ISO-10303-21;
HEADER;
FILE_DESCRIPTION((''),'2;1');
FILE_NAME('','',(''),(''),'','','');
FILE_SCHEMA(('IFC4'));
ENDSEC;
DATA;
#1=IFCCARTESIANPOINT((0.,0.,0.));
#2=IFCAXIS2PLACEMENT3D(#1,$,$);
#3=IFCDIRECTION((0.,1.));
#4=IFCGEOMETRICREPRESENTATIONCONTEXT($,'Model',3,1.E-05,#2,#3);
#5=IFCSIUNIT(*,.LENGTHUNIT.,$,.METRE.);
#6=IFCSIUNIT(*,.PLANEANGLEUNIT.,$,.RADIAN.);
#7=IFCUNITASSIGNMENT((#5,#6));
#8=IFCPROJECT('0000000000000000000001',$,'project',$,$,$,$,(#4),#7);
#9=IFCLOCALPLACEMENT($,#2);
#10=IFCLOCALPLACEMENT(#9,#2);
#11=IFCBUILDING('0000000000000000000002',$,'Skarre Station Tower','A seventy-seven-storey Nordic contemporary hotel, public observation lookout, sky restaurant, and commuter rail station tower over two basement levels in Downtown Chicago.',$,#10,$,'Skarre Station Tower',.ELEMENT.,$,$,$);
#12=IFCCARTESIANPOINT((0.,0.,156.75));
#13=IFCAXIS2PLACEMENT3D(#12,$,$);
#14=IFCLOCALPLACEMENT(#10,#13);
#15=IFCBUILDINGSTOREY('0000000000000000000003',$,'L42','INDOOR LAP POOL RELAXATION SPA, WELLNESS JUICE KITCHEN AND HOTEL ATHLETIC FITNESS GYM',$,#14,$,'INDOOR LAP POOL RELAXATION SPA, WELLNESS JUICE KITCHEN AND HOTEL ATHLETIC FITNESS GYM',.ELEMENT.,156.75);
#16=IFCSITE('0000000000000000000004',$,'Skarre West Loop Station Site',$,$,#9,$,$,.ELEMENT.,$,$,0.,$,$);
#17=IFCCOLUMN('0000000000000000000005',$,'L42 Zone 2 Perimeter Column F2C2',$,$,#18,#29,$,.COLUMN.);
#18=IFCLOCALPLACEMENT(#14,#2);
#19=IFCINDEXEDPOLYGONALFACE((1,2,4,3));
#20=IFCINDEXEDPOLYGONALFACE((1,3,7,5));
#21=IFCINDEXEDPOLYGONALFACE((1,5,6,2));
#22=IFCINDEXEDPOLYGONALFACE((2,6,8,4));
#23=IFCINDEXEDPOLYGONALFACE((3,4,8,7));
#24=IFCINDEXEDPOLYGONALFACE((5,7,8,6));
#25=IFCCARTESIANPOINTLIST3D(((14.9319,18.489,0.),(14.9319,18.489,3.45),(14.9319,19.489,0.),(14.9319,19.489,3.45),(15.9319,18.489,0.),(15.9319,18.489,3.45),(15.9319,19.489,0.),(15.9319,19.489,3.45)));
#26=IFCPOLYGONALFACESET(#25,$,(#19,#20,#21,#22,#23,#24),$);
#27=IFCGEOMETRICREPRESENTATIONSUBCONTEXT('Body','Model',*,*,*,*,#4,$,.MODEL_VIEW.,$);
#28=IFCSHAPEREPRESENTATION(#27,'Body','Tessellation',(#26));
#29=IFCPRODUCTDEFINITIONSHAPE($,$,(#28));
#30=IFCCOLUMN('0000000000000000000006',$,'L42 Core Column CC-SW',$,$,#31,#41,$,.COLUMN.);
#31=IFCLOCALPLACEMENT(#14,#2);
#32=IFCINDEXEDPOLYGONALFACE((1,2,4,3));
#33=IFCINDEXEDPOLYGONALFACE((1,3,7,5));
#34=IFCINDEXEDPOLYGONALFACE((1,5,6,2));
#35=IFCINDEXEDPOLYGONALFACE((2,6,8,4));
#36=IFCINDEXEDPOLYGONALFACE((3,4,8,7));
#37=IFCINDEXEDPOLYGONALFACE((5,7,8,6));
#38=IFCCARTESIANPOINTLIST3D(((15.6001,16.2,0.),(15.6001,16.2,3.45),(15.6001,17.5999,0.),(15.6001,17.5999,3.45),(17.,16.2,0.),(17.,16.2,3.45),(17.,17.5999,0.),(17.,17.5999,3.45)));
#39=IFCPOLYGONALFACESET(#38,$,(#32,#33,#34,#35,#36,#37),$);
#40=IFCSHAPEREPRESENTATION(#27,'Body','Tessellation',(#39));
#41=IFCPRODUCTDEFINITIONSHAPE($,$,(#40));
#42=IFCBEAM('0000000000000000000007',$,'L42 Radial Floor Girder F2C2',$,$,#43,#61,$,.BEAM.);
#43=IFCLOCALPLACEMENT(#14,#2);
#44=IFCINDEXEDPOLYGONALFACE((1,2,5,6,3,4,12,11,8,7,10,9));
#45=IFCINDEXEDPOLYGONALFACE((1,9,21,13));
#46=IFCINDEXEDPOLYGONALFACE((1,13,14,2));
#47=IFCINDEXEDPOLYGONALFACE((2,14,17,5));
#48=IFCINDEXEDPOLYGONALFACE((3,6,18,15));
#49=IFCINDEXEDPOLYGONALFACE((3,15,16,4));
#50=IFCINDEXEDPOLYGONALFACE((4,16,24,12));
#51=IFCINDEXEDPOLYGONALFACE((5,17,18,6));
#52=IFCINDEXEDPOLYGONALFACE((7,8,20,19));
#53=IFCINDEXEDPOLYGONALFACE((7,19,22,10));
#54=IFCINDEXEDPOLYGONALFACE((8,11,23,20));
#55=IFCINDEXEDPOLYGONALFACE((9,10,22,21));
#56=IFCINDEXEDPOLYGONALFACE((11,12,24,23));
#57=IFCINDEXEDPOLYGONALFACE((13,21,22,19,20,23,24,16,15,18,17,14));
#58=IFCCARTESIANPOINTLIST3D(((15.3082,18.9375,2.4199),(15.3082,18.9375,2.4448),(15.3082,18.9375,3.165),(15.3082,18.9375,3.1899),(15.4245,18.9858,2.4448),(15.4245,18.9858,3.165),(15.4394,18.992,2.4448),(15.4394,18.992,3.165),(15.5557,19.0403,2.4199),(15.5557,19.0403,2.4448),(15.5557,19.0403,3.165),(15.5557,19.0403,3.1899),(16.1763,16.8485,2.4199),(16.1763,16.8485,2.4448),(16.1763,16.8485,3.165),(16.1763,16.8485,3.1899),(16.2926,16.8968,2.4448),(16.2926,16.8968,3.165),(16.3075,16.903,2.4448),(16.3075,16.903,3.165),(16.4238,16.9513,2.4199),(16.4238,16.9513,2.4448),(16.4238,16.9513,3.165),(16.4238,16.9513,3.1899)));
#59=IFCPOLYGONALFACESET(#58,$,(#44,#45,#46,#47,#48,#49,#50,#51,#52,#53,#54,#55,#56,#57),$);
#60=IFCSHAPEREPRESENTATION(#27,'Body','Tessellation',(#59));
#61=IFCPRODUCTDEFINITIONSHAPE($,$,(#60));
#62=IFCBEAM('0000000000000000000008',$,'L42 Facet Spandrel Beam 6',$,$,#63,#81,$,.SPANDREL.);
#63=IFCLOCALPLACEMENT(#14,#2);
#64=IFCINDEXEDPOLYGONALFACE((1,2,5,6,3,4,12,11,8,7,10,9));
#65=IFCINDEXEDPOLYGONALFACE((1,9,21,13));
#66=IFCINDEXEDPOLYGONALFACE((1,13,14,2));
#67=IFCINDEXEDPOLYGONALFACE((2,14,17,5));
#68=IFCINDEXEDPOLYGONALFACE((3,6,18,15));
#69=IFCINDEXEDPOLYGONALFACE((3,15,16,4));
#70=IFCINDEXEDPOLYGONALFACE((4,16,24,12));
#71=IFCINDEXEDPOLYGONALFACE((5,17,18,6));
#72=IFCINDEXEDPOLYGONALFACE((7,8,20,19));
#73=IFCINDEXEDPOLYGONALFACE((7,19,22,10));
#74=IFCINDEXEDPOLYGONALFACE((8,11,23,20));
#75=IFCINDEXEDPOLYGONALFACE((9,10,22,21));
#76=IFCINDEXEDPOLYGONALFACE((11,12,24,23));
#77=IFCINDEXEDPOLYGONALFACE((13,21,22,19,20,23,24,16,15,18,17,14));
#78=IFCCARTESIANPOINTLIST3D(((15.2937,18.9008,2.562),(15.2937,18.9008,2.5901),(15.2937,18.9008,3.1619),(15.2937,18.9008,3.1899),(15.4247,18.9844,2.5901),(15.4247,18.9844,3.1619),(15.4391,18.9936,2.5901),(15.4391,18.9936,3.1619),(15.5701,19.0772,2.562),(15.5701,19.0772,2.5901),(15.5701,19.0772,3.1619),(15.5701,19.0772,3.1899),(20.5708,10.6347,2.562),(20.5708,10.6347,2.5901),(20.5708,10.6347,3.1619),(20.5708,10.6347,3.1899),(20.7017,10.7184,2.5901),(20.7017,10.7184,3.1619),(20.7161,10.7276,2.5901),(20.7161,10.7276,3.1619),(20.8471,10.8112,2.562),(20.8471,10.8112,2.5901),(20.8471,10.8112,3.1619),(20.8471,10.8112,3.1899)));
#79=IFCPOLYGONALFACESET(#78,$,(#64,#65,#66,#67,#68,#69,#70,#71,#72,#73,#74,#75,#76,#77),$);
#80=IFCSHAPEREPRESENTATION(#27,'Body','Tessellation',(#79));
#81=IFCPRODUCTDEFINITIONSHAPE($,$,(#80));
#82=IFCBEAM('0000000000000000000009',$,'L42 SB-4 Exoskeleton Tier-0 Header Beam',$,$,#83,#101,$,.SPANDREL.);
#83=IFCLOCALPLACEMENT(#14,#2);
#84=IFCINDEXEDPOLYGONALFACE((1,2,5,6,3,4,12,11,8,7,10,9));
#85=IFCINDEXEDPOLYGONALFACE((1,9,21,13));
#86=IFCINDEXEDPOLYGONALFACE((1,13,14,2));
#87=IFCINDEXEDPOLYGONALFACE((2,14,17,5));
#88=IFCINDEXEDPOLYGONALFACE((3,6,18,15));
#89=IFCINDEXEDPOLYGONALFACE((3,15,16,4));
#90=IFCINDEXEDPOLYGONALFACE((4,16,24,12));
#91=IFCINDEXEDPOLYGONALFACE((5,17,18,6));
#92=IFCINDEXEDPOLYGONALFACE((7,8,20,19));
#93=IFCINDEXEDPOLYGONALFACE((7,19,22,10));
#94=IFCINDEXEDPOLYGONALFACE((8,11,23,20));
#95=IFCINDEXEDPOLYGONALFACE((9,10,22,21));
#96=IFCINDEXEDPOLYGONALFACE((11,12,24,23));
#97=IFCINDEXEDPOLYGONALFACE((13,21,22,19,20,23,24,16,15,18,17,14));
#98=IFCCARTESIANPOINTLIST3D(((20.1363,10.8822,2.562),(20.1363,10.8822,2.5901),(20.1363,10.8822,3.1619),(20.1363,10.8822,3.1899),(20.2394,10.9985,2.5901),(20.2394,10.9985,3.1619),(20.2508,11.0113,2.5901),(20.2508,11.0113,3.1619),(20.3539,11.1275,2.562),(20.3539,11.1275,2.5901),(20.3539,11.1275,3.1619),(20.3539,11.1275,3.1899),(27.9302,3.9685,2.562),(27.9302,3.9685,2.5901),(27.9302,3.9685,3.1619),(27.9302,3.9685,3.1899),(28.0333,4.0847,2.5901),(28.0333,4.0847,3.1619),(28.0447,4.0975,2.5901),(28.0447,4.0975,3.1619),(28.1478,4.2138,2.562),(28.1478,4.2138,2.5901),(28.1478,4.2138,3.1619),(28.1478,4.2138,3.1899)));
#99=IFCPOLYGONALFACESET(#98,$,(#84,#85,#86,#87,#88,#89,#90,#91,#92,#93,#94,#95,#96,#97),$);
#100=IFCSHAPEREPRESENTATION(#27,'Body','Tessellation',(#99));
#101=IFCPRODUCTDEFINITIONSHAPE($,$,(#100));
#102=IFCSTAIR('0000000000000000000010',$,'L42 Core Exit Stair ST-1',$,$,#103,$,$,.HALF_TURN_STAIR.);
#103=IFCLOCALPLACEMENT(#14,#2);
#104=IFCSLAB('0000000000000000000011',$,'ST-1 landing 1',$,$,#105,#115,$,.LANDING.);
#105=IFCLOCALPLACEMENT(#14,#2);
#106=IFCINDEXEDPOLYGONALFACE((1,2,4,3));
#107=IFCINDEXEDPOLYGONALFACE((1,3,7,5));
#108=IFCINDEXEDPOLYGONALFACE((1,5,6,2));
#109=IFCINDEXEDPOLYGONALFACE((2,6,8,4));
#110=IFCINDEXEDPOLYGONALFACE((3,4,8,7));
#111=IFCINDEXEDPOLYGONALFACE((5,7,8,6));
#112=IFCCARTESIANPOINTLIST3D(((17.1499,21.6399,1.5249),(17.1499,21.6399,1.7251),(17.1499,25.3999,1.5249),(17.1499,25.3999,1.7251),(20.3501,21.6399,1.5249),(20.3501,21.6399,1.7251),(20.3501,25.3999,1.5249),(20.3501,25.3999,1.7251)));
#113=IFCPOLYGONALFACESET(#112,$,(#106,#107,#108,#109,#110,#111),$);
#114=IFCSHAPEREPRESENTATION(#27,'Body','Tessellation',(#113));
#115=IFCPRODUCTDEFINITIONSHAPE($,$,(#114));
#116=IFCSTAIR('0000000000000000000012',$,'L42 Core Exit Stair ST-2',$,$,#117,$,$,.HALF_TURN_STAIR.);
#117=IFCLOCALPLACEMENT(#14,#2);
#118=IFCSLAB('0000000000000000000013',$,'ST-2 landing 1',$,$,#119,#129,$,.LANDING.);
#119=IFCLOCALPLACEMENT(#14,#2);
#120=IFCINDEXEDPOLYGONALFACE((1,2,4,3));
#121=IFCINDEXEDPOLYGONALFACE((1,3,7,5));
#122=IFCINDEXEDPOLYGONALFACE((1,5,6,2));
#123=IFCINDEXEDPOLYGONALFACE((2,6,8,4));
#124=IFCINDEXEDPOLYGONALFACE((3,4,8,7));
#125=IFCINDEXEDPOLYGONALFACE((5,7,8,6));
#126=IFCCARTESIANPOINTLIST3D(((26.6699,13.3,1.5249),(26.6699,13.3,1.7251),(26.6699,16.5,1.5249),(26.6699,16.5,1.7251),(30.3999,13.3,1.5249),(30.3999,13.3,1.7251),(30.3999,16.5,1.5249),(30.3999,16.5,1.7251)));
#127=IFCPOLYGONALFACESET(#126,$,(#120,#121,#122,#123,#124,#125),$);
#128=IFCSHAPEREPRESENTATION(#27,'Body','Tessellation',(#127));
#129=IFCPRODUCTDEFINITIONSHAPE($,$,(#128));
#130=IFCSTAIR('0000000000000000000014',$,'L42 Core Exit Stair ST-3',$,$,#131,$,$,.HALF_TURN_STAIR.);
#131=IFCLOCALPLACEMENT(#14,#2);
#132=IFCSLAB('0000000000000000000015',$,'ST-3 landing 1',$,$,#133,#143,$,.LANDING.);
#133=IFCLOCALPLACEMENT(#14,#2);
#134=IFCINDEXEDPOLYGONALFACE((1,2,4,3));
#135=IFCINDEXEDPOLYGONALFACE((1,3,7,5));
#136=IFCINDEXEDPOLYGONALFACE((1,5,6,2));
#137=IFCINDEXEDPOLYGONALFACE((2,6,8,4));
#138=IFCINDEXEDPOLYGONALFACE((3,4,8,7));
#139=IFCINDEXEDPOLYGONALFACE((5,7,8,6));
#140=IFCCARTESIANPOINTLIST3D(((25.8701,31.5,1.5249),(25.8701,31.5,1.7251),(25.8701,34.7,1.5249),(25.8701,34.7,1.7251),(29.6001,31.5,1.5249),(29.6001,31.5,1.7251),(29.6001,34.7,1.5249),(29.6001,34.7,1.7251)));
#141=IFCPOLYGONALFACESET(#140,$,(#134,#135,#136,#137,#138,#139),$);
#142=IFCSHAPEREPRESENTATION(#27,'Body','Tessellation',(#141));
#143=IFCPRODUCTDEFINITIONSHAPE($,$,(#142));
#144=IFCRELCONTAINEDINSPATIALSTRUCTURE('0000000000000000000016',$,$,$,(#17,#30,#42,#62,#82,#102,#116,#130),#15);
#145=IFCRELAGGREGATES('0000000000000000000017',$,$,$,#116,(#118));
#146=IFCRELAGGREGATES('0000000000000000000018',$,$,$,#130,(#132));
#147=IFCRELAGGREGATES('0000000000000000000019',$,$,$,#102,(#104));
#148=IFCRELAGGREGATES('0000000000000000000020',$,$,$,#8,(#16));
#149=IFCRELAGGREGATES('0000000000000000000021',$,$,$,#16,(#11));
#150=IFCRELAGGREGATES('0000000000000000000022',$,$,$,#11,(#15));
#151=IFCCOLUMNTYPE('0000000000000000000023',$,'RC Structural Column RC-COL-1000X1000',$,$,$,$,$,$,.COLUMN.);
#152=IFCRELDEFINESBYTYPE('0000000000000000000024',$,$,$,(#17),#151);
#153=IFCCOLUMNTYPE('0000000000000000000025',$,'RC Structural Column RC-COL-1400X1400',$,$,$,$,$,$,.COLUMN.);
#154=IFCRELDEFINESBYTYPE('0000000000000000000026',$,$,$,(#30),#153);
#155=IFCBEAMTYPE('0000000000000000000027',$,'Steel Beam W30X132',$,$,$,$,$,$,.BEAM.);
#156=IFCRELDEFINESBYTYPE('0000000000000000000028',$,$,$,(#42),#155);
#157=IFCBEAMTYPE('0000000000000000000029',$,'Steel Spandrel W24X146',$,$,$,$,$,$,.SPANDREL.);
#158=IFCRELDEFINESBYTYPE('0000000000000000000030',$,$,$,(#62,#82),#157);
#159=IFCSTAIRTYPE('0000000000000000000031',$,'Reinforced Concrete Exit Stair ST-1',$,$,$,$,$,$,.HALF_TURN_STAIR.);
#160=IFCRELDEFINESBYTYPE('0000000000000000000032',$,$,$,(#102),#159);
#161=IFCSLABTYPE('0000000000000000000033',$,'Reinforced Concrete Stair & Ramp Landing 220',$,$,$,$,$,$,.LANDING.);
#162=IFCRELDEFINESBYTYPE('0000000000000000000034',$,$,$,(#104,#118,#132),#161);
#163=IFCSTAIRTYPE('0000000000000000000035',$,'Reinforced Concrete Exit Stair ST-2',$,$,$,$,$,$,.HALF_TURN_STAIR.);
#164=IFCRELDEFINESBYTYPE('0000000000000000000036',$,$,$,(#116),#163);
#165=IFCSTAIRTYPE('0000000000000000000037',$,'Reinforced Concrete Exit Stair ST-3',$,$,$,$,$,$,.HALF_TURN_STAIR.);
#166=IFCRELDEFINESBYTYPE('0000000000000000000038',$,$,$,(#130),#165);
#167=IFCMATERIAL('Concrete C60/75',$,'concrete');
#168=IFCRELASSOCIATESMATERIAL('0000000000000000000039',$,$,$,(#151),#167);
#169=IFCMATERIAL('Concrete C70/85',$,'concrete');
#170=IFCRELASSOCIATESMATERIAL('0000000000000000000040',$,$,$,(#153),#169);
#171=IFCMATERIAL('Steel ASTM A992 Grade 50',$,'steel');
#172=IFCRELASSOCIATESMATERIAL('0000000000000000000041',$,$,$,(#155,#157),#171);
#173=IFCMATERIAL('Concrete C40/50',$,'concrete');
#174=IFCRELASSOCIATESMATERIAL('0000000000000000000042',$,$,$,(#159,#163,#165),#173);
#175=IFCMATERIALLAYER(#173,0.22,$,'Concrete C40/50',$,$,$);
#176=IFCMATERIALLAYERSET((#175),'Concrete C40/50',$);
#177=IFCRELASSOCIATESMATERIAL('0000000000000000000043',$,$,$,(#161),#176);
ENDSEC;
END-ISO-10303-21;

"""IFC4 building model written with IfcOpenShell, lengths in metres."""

from ifc_helpers import new_model, si_unit, direction, frame, origin, origin_2d, place, context, subcontext, project, spatial, polyline, rectangle, i_section, outline, extrude, material, layer, layer_set, material_profile, profile_set, type_object, element, aggregate, save


model = new_model("IFC4")

# Units and contexts
model_context = context("Model", 3, precision=1e-05, world=origin(), true_north=direction((0.0, 1.0)))
body_context = subcontext(model_context, "Body", "Model", "MODEL_VIEW")
ifc_project = project(units=[si_unit("LENGTHUNIT", "METRE"), si_unit("PLANEANGLEUNIT", "RADIAN")], contexts=[model_context])

# Site, building, storey
site_placement = place(None, origin())
site = spatial("IfcSite", under=ifc_project, at=site_placement, Name="Skarre West Loop Station Site", CompositionType="ELEMENT", RefElevation=0.0)
building_placement = place(site_placement, origin())
building = spatial("IfcBuilding", under=site, at=building_placement, Name="Skarre Station Tower", Description="A seventy-seven-storey Nordic contemporary hotel, public observation lookout, sky restaurant, and commuter rail station tower over two basement levels in Downtown Chicago.", LongName="Skarre Station Tower", CompositionType="ELEMENT")
storey_placement = place(building_placement, frame((0.0, 0.0, 156.75)))
storey = spatial("IfcBuildingStorey", under=building, at=storey_placement, Name="L42", Description="INDOOR LAP POOL RELAXATION SPA, WELLNESS JUICE KITCHEN AND HOTEL ATHLETIC FITNESS GYM", LongName="INDOOR LAP POOL RELAXATION SPA, WELLNESS JUICE KITCHEN AND HOTEL ATHLETIC FITNESS GYM", CompositionType="ELEMENT", Elevation=156.75)

# Columns
ifc_material_1 = material(Name="Concrete C60/75", Category="concrete")
ifc_material_profile_1 = material_profile(ifc_material_1, rectangle(XDim=1.0, YDim=1.0, at=origin_2d()), Name="Concrete C60/75")
ifc_profile_set_1 = profile_set([ifc_material_profile_1], Name="Concrete C60/75")
column_type_1 = type_object("IfcColumnType", Name="RC Structural Column RC-COL-1000X1000", PredefinedType="COLUMN", material=ifc_profile_set_1)
column_1_placement = place(storey_placement, frame((15.4319, 18.989, 0.0), z_axis=(0.0, 0.0, 1.0), x_axis=(1.0, 0.0, 0.0)))
element("IfcColumn", 1, at=column_1_placement, inside=storey, type_object=column_type_1, Name="L42 Zone 2 Perimeter Column F2C2", PredefinedType="COLUMN", context=body_context, shape_type="SweptSolid", body=[
    extrude(rectangle(XDim=1.0, YDim=1.0, at=origin_2d()), origin(), (0.0, 0.0, 1.0), 3.45),
])
ifc_material_2 = material(Name="Concrete C70/85", Category="concrete")
ifc_material_profile_2 = material_profile(ifc_material_2, rectangle(XDim=1.3999, YDim=1.3999, at=origin_2d()), Name="Concrete C70/85")
ifc_profile_set_2 = profile_set([ifc_material_profile_2], Name="Concrete C70/85")
column_type_2 = type_object("IfcColumnType", Name="RC Structural Column RC-COL-1400X1400", PredefinedType="COLUMN", material=ifc_profile_set_2)
column_2_placement = place(storey_placement, frame((16.3, 16.8999, 0.0), z_axis=(0.0, 0.0, 1.0), x_axis=(1.0, 0.0, 0.0)))
element("IfcColumn", 2, at=column_2_placement, inside=storey, type_object=column_type_2, Name="L42 Core Column CC-SW", PredefinedType="COLUMN", context=body_context, shape_type="SweptSolid", body=[
    extrude(rectangle(XDim=1.3999, YDim=1.3999, at=origin_2d()), origin(), (0.0, 0.0, 1.0), 3.45),
])

# Beams
ifc_material_3 = material(Name="Steel ASTM A992 Grade 50", Category="steel")
ifc_material_profile_3 = material_profile(ifc_material_3, i_section(OverallWidth=0.2681, OverallDepth=0.77, WebThickness=0.0161, FlangeThickness=0.0249, at=origin_2d()), Name="Steel ASTM A992 Grade 50")
ifc_profile_set_3 = profile_set([ifc_material_profile_3], Name="Steel ASTM A992 Grade 50")
beam_type_1 = type_object("IfcBeamType", Name="Steel Beam W30X132", PredefinedType="BEAM", material=ifc_profile_set_3)
beam_1_placement = place(storey_placement, frame((16.3, 16.8999, 2.8049), z_axis=(-0.383749, 0.923437, 0.0), x_axis=(-0.923437, -0.383749, 0.0)))
element("IfcBeam", 3, at=beam_1_placement, inside=storey, type_object=beam_type_1, Name="L42 Radial Floor Girder F2C2", PredefinedType="BEAM", context=body_context, shape_type="SweptSolid", body=[
    extrude(i_section(OverallWidth=0.2681, OverallDepth=0.77, WebThickness=0.0161, FlangeThickness=0.0249, at=origin_2d()), origin(), (0.0, 0.0, 1.0), 2.2622),
])
ifc_material_profile_4 = material_profile(ifc_material_3, i_section(OverallWidth=0.3279, OverallDepth=0.6279, WebThickness=0.0171, FlangeThickness=0.0281, at=origin_2d()), Name="Steel ASTM A992 Grade 50")
ifc_profile_set_4 = profile_set([ifc_material_profile_4], Name="Steel ASTM A992 Grade 50")
beam_type_2 = type_object("IfcBeamType", Name="Steel Spandrel W24X146", PredefinedType="SPANDREL", material=ifc_profile_set_4)
beam_2_placement = place(storey_placement, frame((15.4319, 18.989, 2.876), z_axis=(0.538098, -0.842883, 0.0), x_axis=(0.842883, 0.538098, 0.0)))
element("IfcBeam", 4, at=beam_2_placement, inside=storey, type_object=beam_type_2, Name="L42 Facet Spandrel Beam 6", PredefinedType="SPANDREL", context=body_context, shape_type="SweptSolid", body=[
    extrude(i_section(OverallWidth=0.3279, OverallDepth=0.6279, WebThickness=0.0171, FlangeThickness=0.0281, at=origin_2d()), origin(), (0.0, 0.0, 1.0), 9.8069),
])
beam_3_placement = place(storey_placement, frame((20.2451, 11.0049, 2.876), z_axis=(0.748083, -0.663606, 0.0), x_axis=(0.663606, 0.748083, 0.0)))
element("IfcBeam", 5, at=beam_3_placement, inside=storey, type_object=beam_type_2, Name="L42 SB-4 Exoskeleton Tier-0 Header Beam", PredefinedType="SPANDREL", context=body_context, shape_type="SweptSolid", body=[
    extrude(i_section(OverallWidth=0.3279, OverallDepth=0.6279, WebThickness=0.0171, FlangeThickness=0.0281, at=origin_2d()), origin(), (0.0, 0.0, 1.0), 10.4185),
])

# Stairs, slabs
ifc_material_4 = material(Name="Concrete C40/50", Category="concrete")
stair_type_1 = type_object("IfcStairType", Name="Reinforced Concrete Exit Stair ST-1", PredefinedType="HALF_TURN_STAIR", material=ifc_material_4)
stair_1_placement = place(storey_placement, origin())
stair_1 = element("IfcStair", 6, at=stair_1_placement, inside=storey, type_object=stair_type_1, Name="L42 Core Exit Stair ST-1", PredefinedType="HALF_TURN_STAIR")
ifc_layer_1 = layer(ifc_material_4, 0.22, Name="Concrete C40/50")
ifc_layer_set_1 = layer_set([ifc_layer_1], Name="Concrete C40/50")
slab_type_1 = type_object("IfcSlabType", Name="Reinforced Concrete Stair & Ramp Landing 220", PredefinedType="LANDING", material=ifc_layer_set_1)
slab_1_placement = place(storey_placement, frame((0.0, 0.0, 1.5249)))
slab_1 = element("IfcSlab", 7, at=slab_1_placement, type_object=slab_type_1, Name="ST-1 landing 1", PredefinedType="LANDING", context=body_context, shape_type="SweptSolid", body=[
    extrude(outline(polyline([(20.3501, 21.6399), (20.3501, 25.3999), (17.1499, 25.3999), (17.1499, 21.6399), (20.3501, 21.6399)])), origin(), (0.0, 0.0, 1.0), 0.2002),
])
stair_type_2 = type_object("IfcStairType", Name="Reinforced Concrete Exit Stair ST-2", PredefinedType="HALF_TURN_STAIR", material=ifc_material_4)
stair_2_placement = place(storey_placement, origin())
stair_2 = element("IfcStair", 8, at=stair_2_placement, inside=storey, type_object=stair_type_2, Name="L42 Core Exit Stair ST-2", PredefinedType="HALF_TURN_STAIR")
slab_2_placement = place(storey_placement, frame((0.0, 0.0, 1.5249)))
slab_2 = element("IfcSlab", 9, at=slab_2_placement, type_object=slab_type_1, Name="ST-2 landing 1", PredefinedType="LANDING", context=body_context, shape_type="SweptSolid", body=[
    extrude(outline(polyline([(26.6699, 13.3), (30.3999, 13.3), (30.3999, 16.5), (26.6699, 16.5), (26.6699, 13.3)])), origin(), (0.0, 0.0, 1.0), 0.2002),
])
aggregate(stair_2, [slab_2])
stair_type_3 = type_object("IfcStairType", Name="Reinforced Concrete Exit Stair ST-3", PredefinedType="HALF_TURN_STAIR", material=ifc_material_4)
stair_3_placement = place(storey_placement, origin())
stair_3 = element("IfcStair", 10, at=stair_3_placement, inside=storey, type_object=stair_type_3, Name="L42 Core Exit Stair ST-3", PredefinedType="HALF_TURN_STAIR")
slab_3_placement = place(storey_placement, frame((0.0, 0.0, 1.5249)))
slab_3 = element("IfcSlab", 11, at=slab_3_placement, type_object=slab_type_1, Name="ST-3 landing 1", PredefinedType="LANDING", context=body_context, shape_type="SweptSolid", body=[
    extrude(outline(polyline([(25.8701, 31.5), (29.6001, 31.5), (29.6001, 34.7), (25.8701, 34.7), (25.8701, 31.5)])), origin(), (0.0, 0.0, 1.0), 0.2002),
])
aggregate(stair_3, [slab_3])

aggregate(stair_1, [slab_1])

save(model, "model.ifc")
